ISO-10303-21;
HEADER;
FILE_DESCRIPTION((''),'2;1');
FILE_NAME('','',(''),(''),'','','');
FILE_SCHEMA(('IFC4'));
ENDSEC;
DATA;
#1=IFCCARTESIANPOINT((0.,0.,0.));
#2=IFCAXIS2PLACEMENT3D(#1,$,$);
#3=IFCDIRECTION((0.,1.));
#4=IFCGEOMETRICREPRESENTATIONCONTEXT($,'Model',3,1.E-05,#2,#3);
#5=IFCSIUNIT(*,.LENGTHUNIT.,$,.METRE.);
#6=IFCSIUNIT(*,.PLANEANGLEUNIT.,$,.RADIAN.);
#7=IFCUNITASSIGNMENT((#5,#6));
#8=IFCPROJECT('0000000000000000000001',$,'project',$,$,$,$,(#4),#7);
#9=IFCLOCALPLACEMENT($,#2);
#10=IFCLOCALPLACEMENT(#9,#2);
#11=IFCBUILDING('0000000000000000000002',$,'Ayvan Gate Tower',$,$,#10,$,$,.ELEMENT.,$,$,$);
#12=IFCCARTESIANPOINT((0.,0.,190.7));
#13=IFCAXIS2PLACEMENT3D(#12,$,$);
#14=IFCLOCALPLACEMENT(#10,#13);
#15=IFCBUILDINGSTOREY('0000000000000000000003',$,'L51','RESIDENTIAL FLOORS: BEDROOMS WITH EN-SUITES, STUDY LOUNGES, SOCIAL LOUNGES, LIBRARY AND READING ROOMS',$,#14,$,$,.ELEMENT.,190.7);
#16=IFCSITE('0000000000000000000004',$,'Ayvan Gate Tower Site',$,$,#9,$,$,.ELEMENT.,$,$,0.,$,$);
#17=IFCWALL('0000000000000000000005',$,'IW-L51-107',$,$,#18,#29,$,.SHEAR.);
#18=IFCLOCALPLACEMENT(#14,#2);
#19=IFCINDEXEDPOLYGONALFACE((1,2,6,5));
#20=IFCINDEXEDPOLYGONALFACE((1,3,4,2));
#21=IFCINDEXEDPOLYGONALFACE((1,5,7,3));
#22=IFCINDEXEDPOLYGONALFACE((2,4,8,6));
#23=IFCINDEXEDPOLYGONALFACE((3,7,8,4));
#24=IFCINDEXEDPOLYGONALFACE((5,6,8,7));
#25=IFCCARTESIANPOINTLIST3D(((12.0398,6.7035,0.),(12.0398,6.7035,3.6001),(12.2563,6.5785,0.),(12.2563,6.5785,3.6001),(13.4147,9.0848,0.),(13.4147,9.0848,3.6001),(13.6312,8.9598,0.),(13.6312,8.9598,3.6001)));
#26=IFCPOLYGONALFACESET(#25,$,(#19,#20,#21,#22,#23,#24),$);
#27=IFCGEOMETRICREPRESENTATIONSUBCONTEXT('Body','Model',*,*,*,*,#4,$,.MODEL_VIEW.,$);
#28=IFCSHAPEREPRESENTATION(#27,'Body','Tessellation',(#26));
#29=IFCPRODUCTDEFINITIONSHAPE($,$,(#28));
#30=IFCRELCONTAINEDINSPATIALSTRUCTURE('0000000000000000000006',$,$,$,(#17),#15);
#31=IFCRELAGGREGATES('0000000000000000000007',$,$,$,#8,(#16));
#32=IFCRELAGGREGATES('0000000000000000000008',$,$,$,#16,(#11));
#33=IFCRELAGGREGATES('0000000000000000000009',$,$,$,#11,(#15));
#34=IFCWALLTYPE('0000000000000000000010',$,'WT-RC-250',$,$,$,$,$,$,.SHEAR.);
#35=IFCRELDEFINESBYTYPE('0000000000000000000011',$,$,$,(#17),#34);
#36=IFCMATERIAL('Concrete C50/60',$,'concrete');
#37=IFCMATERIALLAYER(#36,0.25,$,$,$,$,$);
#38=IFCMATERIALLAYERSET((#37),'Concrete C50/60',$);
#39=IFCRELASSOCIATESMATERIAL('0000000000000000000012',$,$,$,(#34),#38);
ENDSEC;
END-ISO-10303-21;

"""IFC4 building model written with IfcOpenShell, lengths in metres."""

from ifc_helpers import new_model, si_unit, direction, frame, frame_2d, origin, place, context, subcontext, project, spatial, rectangle, extrude, material, layer, layer_set, type_object, element, save


model = new_model("IFC4")

# Units and contexts
model_context = context("Model", 3, precision=1e-05, world=origin(), true_north=direction((0.0, 1.0)))
body_context = subcontext(model_context, "Body", "Model", "MODEL_VIEW")
ifc_project = project(units=[si_unit("LENGTHUNIT", "METRE"), si_unit("PLANEANGLEUNIT", "RADIAN")], contexts=[model_context])

# Site, building, storey
site_placement = place(None, origin())
site = spatial("IfcSite", under=ifc_project, at=site_placement, Name="Ayvan Gate Tower Site", CompositionType="ELEMENT", RefElevation=0.0)
building_placement = place(site_placement, origin())
building = spatial("IfcBuilding", under=site, at=building_placement, Name="Ayvan Gate Tower", CompositionType="ELEMENT")
storey_placement = place(building_placement, frame((0.0, 0.0, 190.7)))
storey = spatial("IfcBuildingStorey", under=building, at=storey_placement, Name="L51", Description="RESIDENTIAL FLOORS: BEDROOMS WITH EN-SUITES, STUDY LOUNGES, SOCIAL LOUNGES, LIBRARY AND READING ROOMS", CompositionType="ELEMENT", Elevation=190.7)

# Shared definitions
ifc_material_1 = material(Name="Concrete C50/60", Category="concrete")
ifc_layer_1 = layer(ifc_material_1, 0.25)
ifc_layer_set_1 = layer_set([ifc_layer_1], Name="Concrete C50/60")
wall_type_1 = type_object("IfcWallType", Name="WT-RC-250", PredefinedType="SHEAR", material=ifc_layer_set_1)

# Wall
wall_1_placement = place(storey_placement, frame((12.1479, 6.6409, 0.0), z_axis=(0.0, 0.0, 1.0), x_axis=(0.500035, 0.866005, 0.0)))
element("IfcWall", 1, at=wall_1_placement, inside=storey, type_object=wall_type_1, Name="IW-L51-107", PredefinedType="SHEAR", context=body_context, shape_type="SweptSolid", body=[
    extrude(rectangle(XDim=2.7498, YDim=0.25, at=frame_2d((1.375, 0.0))), origin(), (0.0, 0.0, 1.0), 3.6001),
])

save(model, "model.ifc")
